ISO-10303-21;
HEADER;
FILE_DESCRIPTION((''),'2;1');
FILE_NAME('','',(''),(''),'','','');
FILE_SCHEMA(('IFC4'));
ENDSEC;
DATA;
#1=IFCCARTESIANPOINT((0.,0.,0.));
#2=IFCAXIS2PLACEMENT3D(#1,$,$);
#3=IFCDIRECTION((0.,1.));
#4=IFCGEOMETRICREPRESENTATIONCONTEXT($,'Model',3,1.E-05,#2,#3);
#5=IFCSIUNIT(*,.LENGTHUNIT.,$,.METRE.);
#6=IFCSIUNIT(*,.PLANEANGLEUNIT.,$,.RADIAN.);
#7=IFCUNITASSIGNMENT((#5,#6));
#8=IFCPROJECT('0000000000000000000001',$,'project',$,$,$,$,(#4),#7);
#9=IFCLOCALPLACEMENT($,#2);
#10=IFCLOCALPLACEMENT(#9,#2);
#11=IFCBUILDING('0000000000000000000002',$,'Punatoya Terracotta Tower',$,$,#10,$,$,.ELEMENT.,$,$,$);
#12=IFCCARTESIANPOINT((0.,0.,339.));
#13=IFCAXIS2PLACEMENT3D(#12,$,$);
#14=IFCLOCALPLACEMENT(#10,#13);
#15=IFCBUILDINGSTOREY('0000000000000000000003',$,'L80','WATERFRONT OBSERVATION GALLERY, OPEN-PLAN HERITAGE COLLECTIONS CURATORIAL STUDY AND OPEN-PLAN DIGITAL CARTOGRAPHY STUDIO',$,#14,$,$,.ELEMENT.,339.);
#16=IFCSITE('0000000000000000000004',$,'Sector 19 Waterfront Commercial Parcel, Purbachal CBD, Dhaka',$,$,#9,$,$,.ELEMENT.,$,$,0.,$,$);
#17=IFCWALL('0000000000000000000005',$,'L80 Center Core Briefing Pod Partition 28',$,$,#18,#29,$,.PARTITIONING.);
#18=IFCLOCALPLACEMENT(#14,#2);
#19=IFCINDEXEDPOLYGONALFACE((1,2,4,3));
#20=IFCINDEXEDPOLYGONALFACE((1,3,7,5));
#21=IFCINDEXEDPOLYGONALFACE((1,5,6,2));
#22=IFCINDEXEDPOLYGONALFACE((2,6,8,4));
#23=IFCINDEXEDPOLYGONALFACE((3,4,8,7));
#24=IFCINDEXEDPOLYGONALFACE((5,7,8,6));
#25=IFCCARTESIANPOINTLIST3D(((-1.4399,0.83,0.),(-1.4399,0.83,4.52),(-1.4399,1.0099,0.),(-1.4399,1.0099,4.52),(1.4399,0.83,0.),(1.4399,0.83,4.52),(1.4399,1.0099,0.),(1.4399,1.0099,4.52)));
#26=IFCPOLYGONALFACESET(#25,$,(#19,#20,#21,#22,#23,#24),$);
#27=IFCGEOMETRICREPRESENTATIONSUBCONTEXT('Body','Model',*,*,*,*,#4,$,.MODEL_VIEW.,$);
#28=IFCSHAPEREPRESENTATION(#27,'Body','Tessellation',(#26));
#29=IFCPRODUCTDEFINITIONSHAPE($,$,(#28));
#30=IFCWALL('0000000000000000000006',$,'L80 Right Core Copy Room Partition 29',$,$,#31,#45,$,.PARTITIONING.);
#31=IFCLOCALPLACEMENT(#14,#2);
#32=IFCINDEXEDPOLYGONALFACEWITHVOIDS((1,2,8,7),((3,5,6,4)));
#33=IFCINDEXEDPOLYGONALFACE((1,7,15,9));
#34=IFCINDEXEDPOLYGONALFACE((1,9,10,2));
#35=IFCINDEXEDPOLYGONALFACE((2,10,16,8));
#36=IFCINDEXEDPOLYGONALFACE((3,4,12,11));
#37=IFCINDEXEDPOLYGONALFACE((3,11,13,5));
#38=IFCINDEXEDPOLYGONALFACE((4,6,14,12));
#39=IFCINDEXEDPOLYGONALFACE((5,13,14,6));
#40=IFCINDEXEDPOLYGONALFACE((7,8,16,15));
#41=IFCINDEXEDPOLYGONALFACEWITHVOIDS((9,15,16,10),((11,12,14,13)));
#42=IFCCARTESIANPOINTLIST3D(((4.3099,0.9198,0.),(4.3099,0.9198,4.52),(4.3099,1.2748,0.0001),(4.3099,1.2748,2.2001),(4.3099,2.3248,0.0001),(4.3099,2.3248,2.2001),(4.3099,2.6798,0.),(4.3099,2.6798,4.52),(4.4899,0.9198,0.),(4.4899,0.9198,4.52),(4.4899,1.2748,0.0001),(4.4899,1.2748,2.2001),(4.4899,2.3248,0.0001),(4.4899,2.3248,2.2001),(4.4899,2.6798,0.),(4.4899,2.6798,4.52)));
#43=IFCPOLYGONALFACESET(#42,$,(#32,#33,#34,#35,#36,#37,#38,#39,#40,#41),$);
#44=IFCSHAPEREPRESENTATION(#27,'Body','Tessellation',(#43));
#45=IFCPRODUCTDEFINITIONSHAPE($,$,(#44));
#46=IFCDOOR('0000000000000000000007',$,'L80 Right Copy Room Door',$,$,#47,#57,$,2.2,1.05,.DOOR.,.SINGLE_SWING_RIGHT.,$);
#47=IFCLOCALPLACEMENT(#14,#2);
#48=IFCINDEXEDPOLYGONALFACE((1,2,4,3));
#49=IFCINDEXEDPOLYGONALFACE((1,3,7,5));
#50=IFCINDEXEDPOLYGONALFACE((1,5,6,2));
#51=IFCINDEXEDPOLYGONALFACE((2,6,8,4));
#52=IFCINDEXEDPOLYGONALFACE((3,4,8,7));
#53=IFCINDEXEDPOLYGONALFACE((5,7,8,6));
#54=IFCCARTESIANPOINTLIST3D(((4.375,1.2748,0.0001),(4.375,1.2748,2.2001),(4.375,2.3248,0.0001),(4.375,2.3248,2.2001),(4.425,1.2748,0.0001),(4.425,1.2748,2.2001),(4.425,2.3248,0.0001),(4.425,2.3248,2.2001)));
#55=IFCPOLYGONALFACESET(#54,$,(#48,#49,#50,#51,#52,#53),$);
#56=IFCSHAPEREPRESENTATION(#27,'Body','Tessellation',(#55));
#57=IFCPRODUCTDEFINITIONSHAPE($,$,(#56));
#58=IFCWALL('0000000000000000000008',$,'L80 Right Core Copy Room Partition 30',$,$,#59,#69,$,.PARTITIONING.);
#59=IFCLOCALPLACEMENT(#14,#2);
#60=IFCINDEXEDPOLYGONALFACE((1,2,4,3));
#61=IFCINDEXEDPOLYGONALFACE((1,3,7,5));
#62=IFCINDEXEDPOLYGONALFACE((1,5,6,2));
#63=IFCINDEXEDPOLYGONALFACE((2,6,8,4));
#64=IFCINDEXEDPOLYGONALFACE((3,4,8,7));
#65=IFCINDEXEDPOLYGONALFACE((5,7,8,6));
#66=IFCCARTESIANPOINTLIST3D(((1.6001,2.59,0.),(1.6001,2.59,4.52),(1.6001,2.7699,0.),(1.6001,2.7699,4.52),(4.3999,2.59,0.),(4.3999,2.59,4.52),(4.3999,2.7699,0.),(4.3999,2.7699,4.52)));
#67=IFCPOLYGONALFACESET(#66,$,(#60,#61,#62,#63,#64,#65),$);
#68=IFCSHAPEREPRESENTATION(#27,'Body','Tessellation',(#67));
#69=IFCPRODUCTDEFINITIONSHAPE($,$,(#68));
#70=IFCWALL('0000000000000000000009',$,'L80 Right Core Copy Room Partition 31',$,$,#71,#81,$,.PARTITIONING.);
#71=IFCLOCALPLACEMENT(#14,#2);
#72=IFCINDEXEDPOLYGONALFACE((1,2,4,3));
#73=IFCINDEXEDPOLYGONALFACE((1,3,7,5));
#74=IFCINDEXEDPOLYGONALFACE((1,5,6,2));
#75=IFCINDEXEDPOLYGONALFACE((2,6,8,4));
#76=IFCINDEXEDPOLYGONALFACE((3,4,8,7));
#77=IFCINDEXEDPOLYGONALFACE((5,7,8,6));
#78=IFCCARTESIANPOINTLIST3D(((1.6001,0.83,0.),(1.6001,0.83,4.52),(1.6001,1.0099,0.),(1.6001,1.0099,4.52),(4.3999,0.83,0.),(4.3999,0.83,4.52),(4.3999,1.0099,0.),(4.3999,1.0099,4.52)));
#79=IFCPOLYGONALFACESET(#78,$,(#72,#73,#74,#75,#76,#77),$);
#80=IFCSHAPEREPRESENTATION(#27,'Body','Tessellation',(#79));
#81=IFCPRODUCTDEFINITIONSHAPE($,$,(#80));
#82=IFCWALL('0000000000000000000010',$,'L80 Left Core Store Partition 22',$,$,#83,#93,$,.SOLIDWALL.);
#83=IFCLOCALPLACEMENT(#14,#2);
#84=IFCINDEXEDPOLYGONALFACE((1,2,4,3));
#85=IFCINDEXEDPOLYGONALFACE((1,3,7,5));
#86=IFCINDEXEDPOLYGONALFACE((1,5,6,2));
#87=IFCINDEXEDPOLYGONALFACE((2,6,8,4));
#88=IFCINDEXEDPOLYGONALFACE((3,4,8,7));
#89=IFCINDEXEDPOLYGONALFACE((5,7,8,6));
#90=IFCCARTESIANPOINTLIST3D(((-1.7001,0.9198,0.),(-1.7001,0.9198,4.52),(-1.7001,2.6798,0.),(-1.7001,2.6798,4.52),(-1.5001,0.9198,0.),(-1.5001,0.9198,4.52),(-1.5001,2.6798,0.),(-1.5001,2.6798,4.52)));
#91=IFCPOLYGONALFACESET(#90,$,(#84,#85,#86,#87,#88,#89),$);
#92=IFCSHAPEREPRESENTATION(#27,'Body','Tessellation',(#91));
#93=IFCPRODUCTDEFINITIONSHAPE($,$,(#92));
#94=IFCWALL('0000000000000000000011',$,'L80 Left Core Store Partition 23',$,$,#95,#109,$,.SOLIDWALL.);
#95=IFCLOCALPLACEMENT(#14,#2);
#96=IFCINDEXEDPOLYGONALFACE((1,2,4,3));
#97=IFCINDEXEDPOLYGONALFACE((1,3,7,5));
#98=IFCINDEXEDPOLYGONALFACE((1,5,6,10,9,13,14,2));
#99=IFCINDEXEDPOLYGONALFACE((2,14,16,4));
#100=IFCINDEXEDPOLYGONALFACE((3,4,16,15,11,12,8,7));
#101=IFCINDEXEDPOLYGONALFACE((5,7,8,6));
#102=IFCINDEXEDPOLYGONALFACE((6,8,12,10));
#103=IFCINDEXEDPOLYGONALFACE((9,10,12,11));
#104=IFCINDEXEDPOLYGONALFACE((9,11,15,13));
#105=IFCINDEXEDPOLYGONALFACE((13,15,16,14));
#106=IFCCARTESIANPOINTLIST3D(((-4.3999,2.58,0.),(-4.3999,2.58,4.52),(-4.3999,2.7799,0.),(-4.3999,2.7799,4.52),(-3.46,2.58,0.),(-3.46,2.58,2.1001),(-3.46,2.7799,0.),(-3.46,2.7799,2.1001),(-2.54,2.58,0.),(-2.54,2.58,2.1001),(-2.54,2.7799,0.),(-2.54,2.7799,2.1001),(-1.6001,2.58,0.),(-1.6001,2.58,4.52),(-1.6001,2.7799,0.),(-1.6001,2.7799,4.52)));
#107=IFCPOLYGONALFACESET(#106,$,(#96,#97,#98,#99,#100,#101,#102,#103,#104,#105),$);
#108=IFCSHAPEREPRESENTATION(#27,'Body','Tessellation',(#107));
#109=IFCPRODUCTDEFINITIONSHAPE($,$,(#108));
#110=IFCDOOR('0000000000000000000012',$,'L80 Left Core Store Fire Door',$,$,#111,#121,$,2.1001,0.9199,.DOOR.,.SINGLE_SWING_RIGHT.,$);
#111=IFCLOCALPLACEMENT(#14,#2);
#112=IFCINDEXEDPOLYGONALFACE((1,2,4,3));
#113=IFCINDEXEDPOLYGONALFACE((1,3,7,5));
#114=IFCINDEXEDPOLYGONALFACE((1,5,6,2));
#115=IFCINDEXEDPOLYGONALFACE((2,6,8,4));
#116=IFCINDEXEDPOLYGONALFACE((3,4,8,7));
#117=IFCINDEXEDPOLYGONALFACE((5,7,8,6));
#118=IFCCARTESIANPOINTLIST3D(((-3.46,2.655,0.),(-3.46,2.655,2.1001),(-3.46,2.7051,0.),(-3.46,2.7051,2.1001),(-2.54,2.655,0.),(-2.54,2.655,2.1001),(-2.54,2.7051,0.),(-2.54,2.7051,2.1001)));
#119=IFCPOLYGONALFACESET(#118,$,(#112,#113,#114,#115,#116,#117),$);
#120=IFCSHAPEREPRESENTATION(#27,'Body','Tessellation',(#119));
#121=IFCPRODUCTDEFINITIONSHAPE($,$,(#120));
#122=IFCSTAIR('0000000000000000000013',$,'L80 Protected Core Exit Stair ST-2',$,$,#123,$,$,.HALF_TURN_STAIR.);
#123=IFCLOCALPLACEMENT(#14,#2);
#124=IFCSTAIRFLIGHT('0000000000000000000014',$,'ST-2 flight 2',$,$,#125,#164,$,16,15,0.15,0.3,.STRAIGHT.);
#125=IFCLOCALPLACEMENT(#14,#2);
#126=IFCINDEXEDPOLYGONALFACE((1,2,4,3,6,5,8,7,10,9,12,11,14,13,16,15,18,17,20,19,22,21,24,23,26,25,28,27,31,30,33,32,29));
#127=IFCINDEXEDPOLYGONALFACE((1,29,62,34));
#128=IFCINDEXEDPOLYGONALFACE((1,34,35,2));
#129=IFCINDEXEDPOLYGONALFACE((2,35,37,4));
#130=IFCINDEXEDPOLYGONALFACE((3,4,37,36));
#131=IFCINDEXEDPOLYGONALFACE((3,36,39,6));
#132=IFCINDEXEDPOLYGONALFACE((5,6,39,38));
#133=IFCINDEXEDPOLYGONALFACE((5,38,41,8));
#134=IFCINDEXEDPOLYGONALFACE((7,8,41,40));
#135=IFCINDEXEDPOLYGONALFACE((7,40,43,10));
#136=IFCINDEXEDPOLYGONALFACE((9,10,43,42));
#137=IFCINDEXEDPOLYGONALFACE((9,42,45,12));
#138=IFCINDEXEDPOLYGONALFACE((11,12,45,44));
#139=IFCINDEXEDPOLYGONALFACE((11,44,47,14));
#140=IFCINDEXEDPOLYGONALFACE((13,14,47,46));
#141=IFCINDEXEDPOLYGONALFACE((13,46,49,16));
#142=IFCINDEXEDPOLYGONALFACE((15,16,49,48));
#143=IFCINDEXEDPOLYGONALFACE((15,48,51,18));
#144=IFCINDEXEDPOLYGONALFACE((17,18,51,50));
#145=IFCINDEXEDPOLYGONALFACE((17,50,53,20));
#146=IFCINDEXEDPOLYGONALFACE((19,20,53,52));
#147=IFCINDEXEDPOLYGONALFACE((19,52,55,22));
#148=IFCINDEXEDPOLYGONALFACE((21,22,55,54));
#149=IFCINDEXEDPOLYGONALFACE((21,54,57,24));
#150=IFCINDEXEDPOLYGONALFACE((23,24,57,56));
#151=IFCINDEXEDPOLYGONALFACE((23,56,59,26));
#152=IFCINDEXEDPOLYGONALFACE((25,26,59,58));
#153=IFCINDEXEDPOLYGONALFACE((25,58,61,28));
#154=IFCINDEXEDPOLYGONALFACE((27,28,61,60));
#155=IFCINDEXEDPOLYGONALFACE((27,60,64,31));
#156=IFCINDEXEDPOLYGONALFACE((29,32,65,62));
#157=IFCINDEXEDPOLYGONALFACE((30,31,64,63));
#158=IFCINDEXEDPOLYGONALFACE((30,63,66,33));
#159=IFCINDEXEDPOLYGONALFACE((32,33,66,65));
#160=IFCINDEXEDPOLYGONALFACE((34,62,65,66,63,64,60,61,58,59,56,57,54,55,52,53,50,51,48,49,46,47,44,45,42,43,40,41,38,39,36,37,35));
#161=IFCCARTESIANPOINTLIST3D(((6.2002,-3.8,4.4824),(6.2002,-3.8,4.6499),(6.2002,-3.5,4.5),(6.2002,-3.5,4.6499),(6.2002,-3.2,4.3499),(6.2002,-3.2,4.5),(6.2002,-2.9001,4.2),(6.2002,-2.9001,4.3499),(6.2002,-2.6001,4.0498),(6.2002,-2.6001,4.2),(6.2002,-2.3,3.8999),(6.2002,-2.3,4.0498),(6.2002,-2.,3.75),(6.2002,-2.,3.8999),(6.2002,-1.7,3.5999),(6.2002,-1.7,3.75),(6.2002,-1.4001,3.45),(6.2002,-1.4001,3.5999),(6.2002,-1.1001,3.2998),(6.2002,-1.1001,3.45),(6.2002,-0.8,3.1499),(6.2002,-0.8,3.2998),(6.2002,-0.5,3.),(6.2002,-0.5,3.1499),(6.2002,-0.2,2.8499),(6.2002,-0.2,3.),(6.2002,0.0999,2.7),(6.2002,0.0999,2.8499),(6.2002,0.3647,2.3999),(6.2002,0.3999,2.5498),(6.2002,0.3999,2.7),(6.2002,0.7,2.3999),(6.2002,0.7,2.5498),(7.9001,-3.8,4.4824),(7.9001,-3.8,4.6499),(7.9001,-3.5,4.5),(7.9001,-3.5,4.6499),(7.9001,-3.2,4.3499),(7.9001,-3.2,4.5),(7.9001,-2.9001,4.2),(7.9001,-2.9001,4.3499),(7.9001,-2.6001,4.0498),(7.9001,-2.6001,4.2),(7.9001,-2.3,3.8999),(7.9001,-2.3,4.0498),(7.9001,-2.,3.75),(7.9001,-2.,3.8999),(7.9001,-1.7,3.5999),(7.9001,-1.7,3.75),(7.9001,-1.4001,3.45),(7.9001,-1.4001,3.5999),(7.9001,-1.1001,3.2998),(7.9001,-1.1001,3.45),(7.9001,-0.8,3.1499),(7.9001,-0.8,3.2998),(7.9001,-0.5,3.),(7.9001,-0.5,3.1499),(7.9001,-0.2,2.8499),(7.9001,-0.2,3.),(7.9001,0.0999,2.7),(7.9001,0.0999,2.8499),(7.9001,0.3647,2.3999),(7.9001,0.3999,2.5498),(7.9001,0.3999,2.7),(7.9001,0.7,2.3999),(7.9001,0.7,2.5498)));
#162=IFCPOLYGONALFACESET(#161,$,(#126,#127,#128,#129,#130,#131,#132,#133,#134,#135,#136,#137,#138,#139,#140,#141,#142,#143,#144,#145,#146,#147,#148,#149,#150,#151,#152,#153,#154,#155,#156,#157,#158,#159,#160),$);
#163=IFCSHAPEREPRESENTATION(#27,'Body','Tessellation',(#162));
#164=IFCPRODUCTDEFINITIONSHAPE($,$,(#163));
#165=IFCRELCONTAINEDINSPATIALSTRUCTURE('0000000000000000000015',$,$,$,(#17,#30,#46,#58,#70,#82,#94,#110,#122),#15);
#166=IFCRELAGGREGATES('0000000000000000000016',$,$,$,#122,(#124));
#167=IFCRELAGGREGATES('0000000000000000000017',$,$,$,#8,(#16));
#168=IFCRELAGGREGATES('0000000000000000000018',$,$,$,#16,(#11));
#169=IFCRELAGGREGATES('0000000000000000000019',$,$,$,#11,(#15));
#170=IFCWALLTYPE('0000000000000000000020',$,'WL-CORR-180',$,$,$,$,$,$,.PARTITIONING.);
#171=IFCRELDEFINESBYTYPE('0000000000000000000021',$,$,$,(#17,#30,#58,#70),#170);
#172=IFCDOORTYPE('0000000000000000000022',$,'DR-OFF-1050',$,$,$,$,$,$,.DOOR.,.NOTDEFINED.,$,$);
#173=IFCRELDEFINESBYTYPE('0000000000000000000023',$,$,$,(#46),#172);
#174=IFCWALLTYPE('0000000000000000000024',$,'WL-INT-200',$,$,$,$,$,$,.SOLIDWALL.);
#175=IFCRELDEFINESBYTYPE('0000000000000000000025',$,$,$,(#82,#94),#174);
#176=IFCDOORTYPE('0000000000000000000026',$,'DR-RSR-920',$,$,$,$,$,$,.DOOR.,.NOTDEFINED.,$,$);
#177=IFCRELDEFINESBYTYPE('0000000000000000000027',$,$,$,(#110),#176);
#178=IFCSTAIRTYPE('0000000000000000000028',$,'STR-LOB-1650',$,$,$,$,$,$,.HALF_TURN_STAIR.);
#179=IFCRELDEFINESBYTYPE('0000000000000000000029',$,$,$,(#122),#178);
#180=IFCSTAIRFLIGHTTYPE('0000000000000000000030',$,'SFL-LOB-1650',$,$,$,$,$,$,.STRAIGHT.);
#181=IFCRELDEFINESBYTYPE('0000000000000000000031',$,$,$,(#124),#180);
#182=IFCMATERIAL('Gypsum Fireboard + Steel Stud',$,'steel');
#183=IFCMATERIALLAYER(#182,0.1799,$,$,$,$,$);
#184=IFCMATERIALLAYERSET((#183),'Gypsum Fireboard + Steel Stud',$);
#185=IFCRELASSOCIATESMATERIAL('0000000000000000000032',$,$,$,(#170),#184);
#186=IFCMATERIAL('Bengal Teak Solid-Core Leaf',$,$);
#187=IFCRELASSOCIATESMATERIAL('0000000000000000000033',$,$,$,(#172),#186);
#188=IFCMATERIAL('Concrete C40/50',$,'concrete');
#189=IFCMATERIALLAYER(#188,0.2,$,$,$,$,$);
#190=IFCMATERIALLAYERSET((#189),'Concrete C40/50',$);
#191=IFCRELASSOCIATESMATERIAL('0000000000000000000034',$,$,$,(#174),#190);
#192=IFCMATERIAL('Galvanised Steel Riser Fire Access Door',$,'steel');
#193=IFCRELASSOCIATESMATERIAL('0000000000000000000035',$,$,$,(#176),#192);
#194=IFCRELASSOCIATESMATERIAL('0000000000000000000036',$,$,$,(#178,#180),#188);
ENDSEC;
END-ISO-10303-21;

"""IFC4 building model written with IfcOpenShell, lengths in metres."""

from ifc_helpers import new_model, si_unit, direction, frame, frame_2d, origin, place, context, subcontext, project, spatial, polyline, rectangle, outline, extrude, material, layer, layer_set, type_object, element, fill, aggregate, save


model = new_model("IFC4")

# Units and contexts
model_context = context("Model", 3, precision=1e-05, world=origin(), true_north=direction((0.0, 1.0)))
body_context = subcontext(model_context, "Body", "Model", "MODEL_VIEW")
ifc_project = project(units=[si_unit("LENGTHUNIT", "METRE"), si_unit("PLANEANGLEUNIT", "RADIAN")], contexts=[model_context])

# Site, building, storey
site_placement = place(None, origin())
site = spatial("IfcSite", under=ifc_project, at=site_placement, Name="Sector 19 Waterfront Commercial Parcel, Purbachal CBD, Dhaka", CompositionType="ELEMENT", RefElevation=0.0)
building_placement = place(site_placement, origin())
building = spatial("IfcBuilding", under=site, at=building_placement, Name="Punatoya Terracotta Tower", CompositionType="ELEMENT")
storey_placement = place(building_placement, frame((0.0, 0.0, 339.0)))
storey = spatial("IfcBuildingStorey", under=building, at=storey_placement, Name="L80", Description="WATERFRONT OBSERVATION GALLERY, OPEN-PLAN HERITAGE COLLECTIONS CURATORIAL STUDY AND OPEN-PLAN DIGITAL CARTOGRAPHY STUDIO", CompositionType="ELEMENT", Elevation=339.0)

# Shared definitions
ifc_material_1 = material(Name="Gypsum Fireboard + Steel Stud", Category="steel")
ifc_layer_1 = layer(ifc_material_1, 0.1799)
ifc_layer_set_1 = layer_set([ifc_layer_1], Name="Gypsum Fireboard + Steel Stud")
wall_type_1 = type_object("IfcWallType", Name="WL-CORR-180", PredefinedType="PARTITIONING", material=ifc_layer_set_1)

# Wall
wall_1_placement = place(storey_placement, frame((-1.4399, 0.9199, 0.0), z_axis=(0.0, 0.0, 1.0), x_axis=(1.0, 0.0, 0.0)))
element("IfcWall", 1, at=wall_1_placement, inside=storey, type_object=wall_type_1, Name="L80 Center Core Briefing Pod Partition 28", PredefinedType="PARTITIONING", context=body_context, shape_type="SweptSolid", body=[
    extrude(rectangle(XDim=2.8799, YDim=0.1799, at=frame_2d((1.4399, 0.0))), origin(), (0.0, 0.0, 1.0), 4.52),
])

# Wall, opening, door
wall_2_placement = place(storey_placement, frame((4.3999, 0.9199, 0.0), z_axis=(0.0, 0.0, 1.0), x_axis=(0.0, 1.0, 0.0)))
wall_2 = element("IfcWall", 2, at=wall_2_placement, inside=storey, type_object=wall_type_1, Name="L80 Right Core Copy Room Partition 29", PredefinedType="PARTITIONING", context=body_context, shape_type="SweptSolid", body=[
    extrude(rectangle(XDim=1.76, YDim=0.1799, at=frame_2d((0.8799, 0.0))), origin(), (0.0, 0.0, 1.0), 4.52),
])
opening_1_placement = place(wall_2_placement, frame((0.355, 0.0, 0.0)))
opening_1 = element("IfcOpeningElement", 3, at=opening_1_placement, cuts=wall_2, PredefinedType="OPENING", context=body_context, shape_type="SweptSolid", body=[
    extrude(rectangle(XDim=1.05, YDim=2.2, at=frame_2d((0.5249, 1.1001))), frame((0.0, 0.0999, 0.0), z_axis=(0.0, -1.0, 0.0), x_axis=(1.0, 0.0, 0.0)), (0.0, 0.0, 1.0), 0.2),
])
ifc_material_2 = material(Name="Bengal Teak Solid-Core Leaf")
door_type_1 = type_object("IfcDoorType", Name="DR-OFF-1050", OperationType="NOTDEFINED", PredefinedType="DOOR", material=ifc_material_2)
door_1_placement = place(opening_1_placement, origin())
door_1 = element("IfcDoor", 4, at=door_1_placement, inside=storey, type_object=door_type_1, Name="L80 Right Copy Room Door", OperationType="SINGLE_SWING_RIGHT", OverallHeight=2.2, OverallWidth=1.05, PredefinedType="DOOR", context=body_context, shape_type="SweptSolid", body=[
    extrude(rectangle(XDim=1.05, YDim=2.2, at=frame_2d((0.5249, 1.1001))), frame((0.0, 0.0249, 0.0), z_axis=(0.0, -1.0, 0.0), x_axis=(1.0, 0.0, 0.0)), (0.0, 0.0, 1.0), 0.05),
])
fill(opening_1, door_1)

# Walls
for number, where, z_axis, x_axis, name in (
    (5, (4.3999, 2.6799, 0.0), (0.0, 0.0, 1.0), (-1.0, 0.0, 0.0), "L80 Right Core Copy Room Partition 30"),
    (6, (1.6001, 0.9199, 0.0), (0.0, 0.0, 1.0), (1.0, 0.0, 0.0), "L80 Right Core Copy Room Partition 31"),
):
    element("IfcWall", number, at=place(storey_placement, frame(where, z_axis=z_axis, x_axis=x_axis)), inside=storey, type_object=wall_type_1, Name=name, PredefinedType="PARTITIONING", context=body_context, shape_type="SweptSolid", body=[
        extrude(rectangle(XDim=2.7998, YDim=0.1799, at=frame_2d((1.3999, 0.0))), origin(), (0.0, 0.0, 1.0), 4.52),
    ])
ifc_material_3 = material(Name="Concrete C40/50", Category="concrete")
ifc_layer_2 = layer(ifc_material_3, 0.2)
ifc_layer_set_2 = layer_set([ifc_layer_2], Name="Concrete C40/50")
wall_type_2 = type_object("IfcWallType", Name="WL-INT-200", PredefinedType="SOLIDWALL", material=ifc_layer_set_2)
wall_3_placement = place(storey_placement, frame((-1.6001, 0.9199, 0.0), z_axis=(0.0, 0.0, 1.0), x_axis=(0.0, 1.0, 0.0)))
element("IfcWall", 7, at=wall_3_placement, inside=storey, type_object=wall_type_2, Name="L80 Left Core Store Partition 22", PredefinedType="SOLIDWALL", context=body_context, shape_type="SweptSolid", body=[
    extrude(rectangle(XDim=1.76, YDim=0.2, at=frame_2d((0.8799, 0.0))), origin(), (0.0, 0.0, 1.0), 4.52),
])

# Wall, opening, door
wall_4_placement = place(storey_placement, frame((-1.6001, 2.6799, 0.0), z_axis=(0.0, 0.0, 1.0), x_axis=(-1.0, 0.0, 0.0)))
wall_4 = element("IfcWall", 8, at=wall_4_placement, inside=storey, type_object=wall_type_2, Name="L80 Left Core Store Partition 23", PredefinedType="SOLIDWALL", context=body_context, shape_type="SweptSolid", body=[
    extrude(rectangle(XDim=2.7998, YDim=0.2, at=frame_2d((1.3999, 0.0))), origin(), (0.0, 0.0, 1.0), 4.52),
])
opening_2_placement = place(wall_4_placement, frame((0.9399, 0.0, 0.0)))
opening_2 = element("IfcOpeningElement", 9, at=opening_2_placement, cuts=wall_4, PredefinedType="OPENING", context=body_context, shape_type="SweptSolid", body=[
    extrude(rectangle(XDim=0.9199, YDim=2.1001, at=frame_2d((0.46, 1.05))), frame((0.0, 0.1099, 0.0), z_axis=(0.0, -1.0, 0.0), x_axis=(1.0, 0.0, 0.0)), (0.0, 0.0, 1.0), 0.22),
])
ifc_material_4 = material(Name="Galvanised Steel Riser Fire Access Door", Category="steel")
door_type_2 = type_object("IfcDoorType", Name="DR-RSR-920", OperationType="NOTDEFINED", PredefinedType="DOOR", material=ifc_material_4)
door_2_placement = place(opening_2_placement, origin())
door_2 = element("IfcDoor", 10, at=door_2_placement, inside=storey, type_object=door_type_2, Name="L80 Left Core Store Fire Door", OperationType="SINGLE_SWING_RIGHT", OverallHeight=2.1001, OverallWidth=0.9199, PredefinedType="DOOR", context=body_context, shape_type="SweptSolid", body=[
    extrude(rectangle(XDim=0.9199, YDim=2.1001, at=frame_2d((0.46, 1.05))), frame((0.0, 0.0249, 0.0), z_axis=(0.0, -1.0, 0.0), x_axis=(1.0, 0.0, 0.0)), (0.0, 0.0, 1.0), 0.05),
])
fill(opening_2, door_2)

# Stair, stair flight
stair_type = type_object("IfcStairType", Name="STR-LOB-1650", PredefinedType="HALF_TURN_STAIR", material=ifc_material_3)
stair_placement = place(storey_placement, origin())
stair = element("IfcStair", 11, at=stair_placement, inside=storey, type_object=stair_type, Name="L80 Protected Core Exit Stair ST-2", PredefinedType="HALF_TURN_STAIR")
stair_flight_type = type_object("IfcStairFlightType", Name="SFL-LOB-1650", PredefinedType="STRAIGHT", material=ifc_material_3)
stair_flight_placement = place(storey_placement, frame((7.05, 0.7, 2.3999), z_axis=(0.0, 0.0, 1.0), x_axis=(0.0, -1.0, 0.0)))
stair_flight = element("IfcStairFlight", 12, at=stair_flight_placement, type_object=stair_flight_type, Name="ST-2 flight 2", NumberOfRisers=16, NumberOfTreads=15, PredefinedType="STRAIGHT", RiserHeight=0.15, TreadLength=0.3, context=body_context, shape_type="SweptSolid", body=[
    extrude(outline(polyline([(0.0, 0.0), (0.0, 0.1499), (0.3, 0.1499), (0.3, 0.3), (0.6001, 0.3), (0.6001, 0.45), (0.8999, 0.45), (0.8999, 0.6001), (1.2, 0.6001), (1.2, 0.75), (1.5, 0.75), (1.5, 0.8999), (1.8, 0.8999), (1.8, 1.05), (2.1001, 1.05), (2.1001, 1.2), (2.3999, 1.2), (2.3999, 1.3501), (2.7, 1.3501), (2.7, 1.5), (3.0, 1.5), (3.0, 1.6499), (3.3, 1.6499), (3.3, 1.8), (3.6001, 1.8), (3.6001, 1.95), (3.8999, 1.95), (3.8999, 2.1001), (4.2, 2.1001), (4.2, 2.25), (4.5, 2.25), (4.5, 2.3999), (4.5, 2.0825), (0.3352, 0.0), (0.0, 0.0)])), frame((0.0, 0.8501, 0.0), z_axis=(0.0, -1.0, 0.0), x_axis=(1.0, 0.0, 0.0)), (0.0, 0.0, 1.0), 1.7),
])
aggregate(stair, [stair_flight])

save(model, "model.ifc")
